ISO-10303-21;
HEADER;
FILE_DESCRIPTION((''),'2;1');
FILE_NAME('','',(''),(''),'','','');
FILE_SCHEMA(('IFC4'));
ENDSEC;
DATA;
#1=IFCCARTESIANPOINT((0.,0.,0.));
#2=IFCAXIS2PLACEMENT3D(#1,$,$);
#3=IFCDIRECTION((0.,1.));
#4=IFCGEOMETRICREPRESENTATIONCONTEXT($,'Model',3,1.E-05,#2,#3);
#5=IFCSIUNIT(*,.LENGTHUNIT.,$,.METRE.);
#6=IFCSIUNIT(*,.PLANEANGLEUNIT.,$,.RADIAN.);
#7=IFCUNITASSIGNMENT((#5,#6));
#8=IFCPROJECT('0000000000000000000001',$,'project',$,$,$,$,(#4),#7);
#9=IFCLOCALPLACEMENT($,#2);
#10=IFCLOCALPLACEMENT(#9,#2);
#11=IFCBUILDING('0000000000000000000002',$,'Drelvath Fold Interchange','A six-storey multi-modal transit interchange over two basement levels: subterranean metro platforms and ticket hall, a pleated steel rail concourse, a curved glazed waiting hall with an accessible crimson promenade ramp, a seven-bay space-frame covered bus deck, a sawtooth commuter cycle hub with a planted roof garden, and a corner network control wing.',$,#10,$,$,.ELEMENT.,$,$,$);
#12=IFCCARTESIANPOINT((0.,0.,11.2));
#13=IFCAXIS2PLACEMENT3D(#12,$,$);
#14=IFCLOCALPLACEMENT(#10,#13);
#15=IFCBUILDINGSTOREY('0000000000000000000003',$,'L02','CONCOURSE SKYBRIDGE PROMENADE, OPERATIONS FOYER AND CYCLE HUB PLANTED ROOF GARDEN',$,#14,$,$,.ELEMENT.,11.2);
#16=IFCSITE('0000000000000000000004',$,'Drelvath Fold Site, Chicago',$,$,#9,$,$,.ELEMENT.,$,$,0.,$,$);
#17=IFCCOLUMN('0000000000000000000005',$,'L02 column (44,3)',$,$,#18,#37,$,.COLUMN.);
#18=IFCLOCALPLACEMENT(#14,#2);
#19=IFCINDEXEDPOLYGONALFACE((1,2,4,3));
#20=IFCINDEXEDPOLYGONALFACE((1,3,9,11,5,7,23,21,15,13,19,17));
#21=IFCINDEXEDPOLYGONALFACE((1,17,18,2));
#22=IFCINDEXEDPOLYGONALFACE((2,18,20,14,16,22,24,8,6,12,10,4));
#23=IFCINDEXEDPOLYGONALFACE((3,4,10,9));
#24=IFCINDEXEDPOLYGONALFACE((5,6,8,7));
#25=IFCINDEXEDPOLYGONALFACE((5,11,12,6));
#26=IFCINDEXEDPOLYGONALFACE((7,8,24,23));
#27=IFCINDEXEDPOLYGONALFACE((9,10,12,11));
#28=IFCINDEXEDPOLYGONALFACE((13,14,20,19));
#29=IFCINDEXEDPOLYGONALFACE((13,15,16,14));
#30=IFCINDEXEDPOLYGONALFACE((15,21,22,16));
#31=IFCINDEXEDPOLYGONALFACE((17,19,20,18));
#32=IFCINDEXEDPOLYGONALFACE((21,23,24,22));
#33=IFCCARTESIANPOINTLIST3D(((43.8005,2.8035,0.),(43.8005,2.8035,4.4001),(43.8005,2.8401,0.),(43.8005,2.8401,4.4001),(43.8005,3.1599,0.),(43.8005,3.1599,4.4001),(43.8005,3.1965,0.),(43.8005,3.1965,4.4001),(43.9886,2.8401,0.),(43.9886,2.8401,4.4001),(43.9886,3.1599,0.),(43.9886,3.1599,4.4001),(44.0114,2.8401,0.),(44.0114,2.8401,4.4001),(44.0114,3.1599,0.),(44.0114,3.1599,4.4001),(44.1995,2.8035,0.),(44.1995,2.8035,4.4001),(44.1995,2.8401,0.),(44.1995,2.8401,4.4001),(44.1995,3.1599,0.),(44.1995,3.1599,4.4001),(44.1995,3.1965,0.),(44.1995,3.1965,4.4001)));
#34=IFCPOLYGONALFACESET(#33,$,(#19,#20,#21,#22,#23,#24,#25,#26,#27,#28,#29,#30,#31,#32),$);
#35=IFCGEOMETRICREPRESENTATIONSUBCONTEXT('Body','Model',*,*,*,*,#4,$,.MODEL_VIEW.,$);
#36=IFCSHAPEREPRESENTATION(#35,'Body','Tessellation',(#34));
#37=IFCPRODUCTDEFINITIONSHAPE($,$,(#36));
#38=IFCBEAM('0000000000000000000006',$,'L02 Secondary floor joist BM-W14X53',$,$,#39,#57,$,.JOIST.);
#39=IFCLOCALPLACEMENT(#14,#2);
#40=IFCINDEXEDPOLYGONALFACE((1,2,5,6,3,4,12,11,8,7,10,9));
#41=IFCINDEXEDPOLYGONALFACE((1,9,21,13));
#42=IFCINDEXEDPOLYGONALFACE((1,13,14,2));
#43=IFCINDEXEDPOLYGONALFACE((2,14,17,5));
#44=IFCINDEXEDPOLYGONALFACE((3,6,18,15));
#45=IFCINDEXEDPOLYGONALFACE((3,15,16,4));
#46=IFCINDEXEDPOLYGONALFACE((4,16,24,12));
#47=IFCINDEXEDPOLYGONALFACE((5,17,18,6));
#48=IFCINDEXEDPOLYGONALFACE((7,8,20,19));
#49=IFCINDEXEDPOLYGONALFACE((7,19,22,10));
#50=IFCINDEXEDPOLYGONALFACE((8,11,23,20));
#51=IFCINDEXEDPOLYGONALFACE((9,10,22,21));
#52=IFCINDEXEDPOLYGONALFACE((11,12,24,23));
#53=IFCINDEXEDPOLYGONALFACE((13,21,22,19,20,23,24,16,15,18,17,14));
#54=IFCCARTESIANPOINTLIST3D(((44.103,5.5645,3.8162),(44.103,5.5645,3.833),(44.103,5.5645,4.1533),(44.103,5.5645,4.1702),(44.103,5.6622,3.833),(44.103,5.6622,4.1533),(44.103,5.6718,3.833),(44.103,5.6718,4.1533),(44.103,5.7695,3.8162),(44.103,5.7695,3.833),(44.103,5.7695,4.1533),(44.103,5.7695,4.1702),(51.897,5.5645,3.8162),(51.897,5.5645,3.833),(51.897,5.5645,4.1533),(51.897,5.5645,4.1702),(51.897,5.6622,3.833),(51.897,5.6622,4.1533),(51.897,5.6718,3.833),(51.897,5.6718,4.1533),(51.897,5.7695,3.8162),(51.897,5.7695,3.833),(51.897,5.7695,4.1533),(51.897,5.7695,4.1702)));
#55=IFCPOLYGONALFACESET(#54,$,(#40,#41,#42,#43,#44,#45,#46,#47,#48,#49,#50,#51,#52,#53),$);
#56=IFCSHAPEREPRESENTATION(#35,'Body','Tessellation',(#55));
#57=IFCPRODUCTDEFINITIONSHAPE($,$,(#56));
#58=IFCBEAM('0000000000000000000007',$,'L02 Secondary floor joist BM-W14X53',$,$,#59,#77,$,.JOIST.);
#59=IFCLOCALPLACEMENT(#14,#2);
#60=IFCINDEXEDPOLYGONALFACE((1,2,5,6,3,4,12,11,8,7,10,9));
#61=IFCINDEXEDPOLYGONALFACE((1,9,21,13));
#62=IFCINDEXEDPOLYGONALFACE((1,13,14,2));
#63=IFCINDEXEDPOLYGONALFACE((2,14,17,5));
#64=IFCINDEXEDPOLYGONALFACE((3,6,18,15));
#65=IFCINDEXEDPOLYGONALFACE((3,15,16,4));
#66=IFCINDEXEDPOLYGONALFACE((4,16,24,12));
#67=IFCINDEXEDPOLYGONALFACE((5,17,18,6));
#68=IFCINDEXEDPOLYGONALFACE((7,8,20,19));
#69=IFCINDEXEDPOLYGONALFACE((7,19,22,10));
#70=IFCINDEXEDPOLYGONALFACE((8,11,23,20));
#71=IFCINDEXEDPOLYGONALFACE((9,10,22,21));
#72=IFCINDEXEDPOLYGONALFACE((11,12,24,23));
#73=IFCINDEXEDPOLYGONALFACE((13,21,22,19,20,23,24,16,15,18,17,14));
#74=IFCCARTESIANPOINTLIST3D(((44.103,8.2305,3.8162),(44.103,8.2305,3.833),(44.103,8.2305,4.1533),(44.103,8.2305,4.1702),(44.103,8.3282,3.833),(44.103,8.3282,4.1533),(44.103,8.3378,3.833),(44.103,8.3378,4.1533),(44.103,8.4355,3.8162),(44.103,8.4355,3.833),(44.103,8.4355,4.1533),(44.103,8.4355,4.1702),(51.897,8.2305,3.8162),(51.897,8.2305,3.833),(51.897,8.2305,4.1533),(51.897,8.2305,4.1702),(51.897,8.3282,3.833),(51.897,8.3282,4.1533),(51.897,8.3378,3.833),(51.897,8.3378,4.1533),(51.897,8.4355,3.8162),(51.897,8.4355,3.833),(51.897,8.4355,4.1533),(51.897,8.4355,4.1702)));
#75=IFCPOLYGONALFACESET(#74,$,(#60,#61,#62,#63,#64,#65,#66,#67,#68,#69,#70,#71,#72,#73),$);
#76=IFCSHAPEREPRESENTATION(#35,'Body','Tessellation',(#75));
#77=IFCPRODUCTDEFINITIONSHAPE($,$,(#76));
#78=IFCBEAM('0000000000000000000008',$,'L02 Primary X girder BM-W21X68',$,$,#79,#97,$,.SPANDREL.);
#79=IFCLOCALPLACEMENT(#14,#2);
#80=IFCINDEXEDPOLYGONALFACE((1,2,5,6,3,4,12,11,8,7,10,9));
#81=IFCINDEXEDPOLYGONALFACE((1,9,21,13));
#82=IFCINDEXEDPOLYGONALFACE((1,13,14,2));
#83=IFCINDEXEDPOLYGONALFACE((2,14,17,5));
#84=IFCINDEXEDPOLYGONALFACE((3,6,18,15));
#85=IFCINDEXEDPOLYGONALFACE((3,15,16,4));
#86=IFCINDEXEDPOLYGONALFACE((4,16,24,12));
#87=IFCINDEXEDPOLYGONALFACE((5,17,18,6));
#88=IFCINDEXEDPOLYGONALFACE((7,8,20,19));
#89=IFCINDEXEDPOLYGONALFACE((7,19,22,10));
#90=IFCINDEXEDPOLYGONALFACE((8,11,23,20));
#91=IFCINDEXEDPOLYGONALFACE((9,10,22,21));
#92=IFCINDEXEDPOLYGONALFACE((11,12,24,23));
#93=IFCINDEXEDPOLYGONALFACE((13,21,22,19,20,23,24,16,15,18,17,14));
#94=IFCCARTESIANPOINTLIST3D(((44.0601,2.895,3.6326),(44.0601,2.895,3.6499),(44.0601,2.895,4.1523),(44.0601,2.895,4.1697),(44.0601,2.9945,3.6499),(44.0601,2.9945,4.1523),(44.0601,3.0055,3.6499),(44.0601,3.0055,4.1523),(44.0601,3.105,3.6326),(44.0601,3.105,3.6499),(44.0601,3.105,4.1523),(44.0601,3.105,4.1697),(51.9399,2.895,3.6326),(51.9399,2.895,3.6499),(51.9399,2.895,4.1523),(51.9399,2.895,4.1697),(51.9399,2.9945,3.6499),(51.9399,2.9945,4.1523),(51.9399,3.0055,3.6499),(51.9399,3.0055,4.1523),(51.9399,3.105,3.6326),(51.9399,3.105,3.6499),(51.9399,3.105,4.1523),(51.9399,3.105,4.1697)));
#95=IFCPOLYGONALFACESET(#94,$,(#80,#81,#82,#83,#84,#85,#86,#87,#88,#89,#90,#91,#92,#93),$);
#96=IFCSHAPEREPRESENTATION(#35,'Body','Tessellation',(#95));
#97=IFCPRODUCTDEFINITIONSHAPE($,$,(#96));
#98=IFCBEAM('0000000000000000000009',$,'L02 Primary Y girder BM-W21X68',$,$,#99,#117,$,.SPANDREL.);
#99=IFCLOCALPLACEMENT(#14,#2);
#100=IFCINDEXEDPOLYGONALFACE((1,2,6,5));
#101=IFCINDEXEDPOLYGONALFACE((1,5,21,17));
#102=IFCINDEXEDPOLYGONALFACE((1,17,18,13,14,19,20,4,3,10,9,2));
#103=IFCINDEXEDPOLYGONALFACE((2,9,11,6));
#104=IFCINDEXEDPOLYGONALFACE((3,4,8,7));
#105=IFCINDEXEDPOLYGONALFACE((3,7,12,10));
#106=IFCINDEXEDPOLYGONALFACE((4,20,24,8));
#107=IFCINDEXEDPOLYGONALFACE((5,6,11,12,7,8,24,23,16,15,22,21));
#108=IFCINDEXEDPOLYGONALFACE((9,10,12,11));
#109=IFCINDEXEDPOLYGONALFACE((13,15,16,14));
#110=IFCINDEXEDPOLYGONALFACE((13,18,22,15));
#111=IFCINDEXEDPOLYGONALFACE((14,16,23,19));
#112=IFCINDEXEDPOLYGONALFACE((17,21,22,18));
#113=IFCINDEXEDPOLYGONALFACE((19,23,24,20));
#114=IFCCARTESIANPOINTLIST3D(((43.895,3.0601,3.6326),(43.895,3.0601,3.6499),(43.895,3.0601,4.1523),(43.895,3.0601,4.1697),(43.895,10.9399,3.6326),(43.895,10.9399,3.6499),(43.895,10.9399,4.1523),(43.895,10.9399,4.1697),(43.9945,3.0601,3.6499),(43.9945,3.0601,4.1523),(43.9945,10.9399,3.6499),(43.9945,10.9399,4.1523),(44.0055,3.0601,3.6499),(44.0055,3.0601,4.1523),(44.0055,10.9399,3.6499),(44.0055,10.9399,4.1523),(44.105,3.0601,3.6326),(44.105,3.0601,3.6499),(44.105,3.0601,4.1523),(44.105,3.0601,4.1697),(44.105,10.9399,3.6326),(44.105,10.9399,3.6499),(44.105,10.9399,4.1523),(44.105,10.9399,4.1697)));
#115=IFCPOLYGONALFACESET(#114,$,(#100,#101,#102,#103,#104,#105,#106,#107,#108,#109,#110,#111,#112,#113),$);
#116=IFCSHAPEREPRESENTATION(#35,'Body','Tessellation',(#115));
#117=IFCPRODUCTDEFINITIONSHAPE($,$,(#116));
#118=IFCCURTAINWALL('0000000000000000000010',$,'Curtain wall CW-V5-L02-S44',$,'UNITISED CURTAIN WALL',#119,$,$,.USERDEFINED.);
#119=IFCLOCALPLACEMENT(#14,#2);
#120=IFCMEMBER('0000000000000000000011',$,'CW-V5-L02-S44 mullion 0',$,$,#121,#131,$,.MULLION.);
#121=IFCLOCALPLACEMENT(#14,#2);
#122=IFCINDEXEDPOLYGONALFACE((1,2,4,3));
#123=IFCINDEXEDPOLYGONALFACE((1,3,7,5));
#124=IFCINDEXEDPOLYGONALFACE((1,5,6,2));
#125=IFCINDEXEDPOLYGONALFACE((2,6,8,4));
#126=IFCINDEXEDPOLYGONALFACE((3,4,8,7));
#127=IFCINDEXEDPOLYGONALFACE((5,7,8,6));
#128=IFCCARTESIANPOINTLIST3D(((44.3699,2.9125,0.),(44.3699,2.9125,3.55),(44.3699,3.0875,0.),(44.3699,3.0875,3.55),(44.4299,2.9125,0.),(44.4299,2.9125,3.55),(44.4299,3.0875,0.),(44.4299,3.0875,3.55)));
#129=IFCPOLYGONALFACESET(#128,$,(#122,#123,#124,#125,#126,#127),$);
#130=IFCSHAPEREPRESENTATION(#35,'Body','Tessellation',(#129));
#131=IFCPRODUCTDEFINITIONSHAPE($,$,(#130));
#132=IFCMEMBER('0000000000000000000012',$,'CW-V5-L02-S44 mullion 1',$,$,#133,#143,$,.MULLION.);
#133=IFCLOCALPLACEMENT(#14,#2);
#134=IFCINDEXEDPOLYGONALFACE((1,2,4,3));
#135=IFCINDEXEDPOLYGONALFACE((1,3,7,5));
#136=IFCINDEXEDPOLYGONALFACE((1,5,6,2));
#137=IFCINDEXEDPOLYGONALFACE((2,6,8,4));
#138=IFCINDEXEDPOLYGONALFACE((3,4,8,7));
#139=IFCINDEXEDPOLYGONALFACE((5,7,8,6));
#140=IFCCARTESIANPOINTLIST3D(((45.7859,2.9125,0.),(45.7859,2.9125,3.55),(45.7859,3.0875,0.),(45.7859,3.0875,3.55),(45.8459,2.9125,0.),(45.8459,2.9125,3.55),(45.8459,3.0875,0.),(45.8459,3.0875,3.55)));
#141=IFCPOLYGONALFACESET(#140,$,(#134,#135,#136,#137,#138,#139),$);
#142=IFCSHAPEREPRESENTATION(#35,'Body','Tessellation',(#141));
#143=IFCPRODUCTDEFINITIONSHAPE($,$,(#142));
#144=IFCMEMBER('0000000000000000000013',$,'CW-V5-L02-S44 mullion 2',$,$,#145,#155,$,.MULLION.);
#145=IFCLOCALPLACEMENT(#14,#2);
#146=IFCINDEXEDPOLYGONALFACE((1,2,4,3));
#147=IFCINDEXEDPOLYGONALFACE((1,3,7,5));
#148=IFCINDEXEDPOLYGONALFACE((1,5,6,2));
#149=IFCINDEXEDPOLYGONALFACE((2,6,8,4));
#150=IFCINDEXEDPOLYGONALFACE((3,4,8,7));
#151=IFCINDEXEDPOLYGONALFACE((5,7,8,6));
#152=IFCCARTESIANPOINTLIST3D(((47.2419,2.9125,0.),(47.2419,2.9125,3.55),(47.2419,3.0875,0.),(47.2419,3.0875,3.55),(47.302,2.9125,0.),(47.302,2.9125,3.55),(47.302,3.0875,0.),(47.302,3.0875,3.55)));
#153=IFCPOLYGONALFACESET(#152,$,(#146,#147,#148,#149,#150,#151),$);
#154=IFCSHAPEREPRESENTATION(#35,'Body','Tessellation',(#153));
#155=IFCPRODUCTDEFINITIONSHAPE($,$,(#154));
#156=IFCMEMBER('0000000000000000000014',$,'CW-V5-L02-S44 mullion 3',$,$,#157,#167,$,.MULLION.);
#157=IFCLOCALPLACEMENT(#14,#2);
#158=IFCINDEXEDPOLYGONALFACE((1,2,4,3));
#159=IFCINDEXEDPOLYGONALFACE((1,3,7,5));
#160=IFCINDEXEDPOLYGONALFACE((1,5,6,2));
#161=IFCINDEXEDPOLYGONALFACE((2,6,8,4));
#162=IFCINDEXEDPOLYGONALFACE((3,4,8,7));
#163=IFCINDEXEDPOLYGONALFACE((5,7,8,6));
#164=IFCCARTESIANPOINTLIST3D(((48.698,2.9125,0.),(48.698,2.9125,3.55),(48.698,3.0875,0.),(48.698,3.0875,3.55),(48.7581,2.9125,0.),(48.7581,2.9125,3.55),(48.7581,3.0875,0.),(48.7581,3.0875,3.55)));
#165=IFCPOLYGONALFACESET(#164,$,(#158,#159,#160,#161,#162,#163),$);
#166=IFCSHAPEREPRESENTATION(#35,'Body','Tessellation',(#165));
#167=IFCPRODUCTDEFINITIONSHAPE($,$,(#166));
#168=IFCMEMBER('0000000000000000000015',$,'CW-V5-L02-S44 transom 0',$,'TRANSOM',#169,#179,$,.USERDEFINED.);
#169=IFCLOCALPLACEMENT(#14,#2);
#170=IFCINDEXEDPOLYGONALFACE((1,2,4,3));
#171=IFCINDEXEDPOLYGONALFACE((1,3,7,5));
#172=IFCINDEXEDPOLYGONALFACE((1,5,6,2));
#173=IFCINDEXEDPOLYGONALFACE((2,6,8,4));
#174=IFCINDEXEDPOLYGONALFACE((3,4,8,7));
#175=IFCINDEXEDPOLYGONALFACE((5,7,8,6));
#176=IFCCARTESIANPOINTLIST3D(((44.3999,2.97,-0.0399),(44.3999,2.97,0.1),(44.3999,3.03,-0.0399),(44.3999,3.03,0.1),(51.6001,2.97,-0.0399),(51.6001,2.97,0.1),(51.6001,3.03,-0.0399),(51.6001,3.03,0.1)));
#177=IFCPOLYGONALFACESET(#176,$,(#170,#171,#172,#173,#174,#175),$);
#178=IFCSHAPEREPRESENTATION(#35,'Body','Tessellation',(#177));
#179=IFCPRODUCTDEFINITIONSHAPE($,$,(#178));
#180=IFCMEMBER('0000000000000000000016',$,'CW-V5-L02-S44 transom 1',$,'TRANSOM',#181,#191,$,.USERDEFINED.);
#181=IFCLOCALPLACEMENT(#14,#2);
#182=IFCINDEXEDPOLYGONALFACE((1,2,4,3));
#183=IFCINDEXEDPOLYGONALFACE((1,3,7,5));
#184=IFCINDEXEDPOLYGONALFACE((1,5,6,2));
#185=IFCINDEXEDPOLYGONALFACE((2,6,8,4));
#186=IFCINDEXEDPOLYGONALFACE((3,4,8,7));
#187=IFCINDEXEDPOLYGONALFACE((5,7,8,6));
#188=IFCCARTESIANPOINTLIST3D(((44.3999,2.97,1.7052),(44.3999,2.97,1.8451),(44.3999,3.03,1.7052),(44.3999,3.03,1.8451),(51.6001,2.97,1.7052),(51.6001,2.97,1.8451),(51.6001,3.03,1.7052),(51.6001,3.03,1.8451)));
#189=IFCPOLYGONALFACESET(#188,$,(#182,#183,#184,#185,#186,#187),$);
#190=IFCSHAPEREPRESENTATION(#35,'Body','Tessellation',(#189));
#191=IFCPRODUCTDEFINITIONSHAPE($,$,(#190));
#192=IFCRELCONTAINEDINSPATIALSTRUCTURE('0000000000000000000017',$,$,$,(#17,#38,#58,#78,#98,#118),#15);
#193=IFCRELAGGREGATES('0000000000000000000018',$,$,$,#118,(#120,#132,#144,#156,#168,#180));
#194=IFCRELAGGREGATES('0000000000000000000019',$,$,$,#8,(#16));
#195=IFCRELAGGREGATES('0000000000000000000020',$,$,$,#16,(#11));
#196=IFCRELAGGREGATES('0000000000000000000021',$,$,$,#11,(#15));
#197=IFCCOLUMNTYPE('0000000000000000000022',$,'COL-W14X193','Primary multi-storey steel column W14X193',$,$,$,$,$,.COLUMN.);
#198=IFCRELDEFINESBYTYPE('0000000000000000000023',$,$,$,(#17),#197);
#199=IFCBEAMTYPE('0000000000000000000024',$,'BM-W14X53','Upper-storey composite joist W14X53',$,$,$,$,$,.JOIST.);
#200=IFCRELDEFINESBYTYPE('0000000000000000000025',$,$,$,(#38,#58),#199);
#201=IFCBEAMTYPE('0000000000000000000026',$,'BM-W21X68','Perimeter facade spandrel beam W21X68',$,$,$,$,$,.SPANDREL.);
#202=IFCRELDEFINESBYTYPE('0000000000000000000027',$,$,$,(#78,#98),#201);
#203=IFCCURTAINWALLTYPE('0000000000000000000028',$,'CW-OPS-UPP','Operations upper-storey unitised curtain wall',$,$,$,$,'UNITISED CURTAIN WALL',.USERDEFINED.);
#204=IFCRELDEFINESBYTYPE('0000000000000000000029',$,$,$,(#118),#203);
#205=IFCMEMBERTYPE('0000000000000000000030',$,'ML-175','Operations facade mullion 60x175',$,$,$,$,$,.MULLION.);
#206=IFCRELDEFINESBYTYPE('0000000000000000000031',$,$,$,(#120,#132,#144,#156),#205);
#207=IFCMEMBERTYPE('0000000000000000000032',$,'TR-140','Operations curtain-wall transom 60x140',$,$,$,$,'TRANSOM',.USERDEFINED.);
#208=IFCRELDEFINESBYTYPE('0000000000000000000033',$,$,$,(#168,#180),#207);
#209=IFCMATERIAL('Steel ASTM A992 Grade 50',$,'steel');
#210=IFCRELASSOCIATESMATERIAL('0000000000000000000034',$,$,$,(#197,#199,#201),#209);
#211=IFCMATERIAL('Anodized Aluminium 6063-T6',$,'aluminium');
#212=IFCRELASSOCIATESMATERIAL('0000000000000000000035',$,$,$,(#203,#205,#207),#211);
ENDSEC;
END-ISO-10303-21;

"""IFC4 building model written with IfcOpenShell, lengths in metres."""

from ifc_helpers import new_model, si_unit, direction, frame, origin, origin_2d, place, context, subcontext, project, spatial, rectangle, i_section, extrude, material, material_profile, profile_set, type_object, element, aggregate, save


model = new_model("IFC4")

# Units and contexts
model_context = context("Model", 3, precision=1e-05, world=origin(), true_north=direction((0.0, 1.0)))
body_context = subcontext(model_context, "Body", "Model", "MODEL_VIEW")
ifc_project = project(units=[si_unit("LENGTHUNIT", "METRE"), si_unit("PLANEANGLEUNIT", "RADIAN")], contexts=[model_context])

# Site, building, storey
site_placement = place(None, origin())
site = spatial("IfcSite", under=ifc_project, at=site_placement, Name="Drelvath Fold Site, Chicago", CompositionType="ELEMENT", RefElevation=0.0)
building_placement = place(site_placement, origin())
building = spatial("IfcBuilding", under=site, at=building_placement, Name="Drelvath Fold Interchange", Description="A six-storey multi-modal transit interchange over two basement levels: subterranean metro platforms and ticket hall, a pleated steel rail concourse, a curved glazed waiting hall with an accessible crimson promenade ramp, a seven-bay space-frame covered bus deck, a sawtooth commuter cycle hub with a planted roof garden, and a corner network control wing.", CompositionType="ELEMENT")
storey_placement = place(building_placement, frame((0.0, 0.0, 11.2)))
storey = spatial("IfcBuildingStorey", under=building, at=storey_placement, Name="L02", Description="CONCOURSE SKYBRIDGE PROMENADE, OPERATIONS FOYER AND CYCLE HUB PLANTED ROOF GARDEN", CompositionType="ELEMENT", Elevation=11.2)

# Column
ifc_material_1 = material(Name="Steel ASTM A992 Grade 50", Category="steel")
ifc_material_profile_1 = material_profile(ifc_material_1, i_section(OverallWidth=0.3989, OverallDepth=0.3931, WebThickness=0.0227, FlangeThickness=0.0366, at=origin_2d()), Name="W14X193")
ifc_profile_set_1 = profile_set([ifc_material_profile_1], Name="Steel ASTM A992 Grade 50")
column_type = type_object("IfcColumnType", Name="COL-W14X193", Description="Primary multi-storey steel column W14X193", PredefinedType="COLUMN", material=ifc_profile_set_1)
column_placement = place(storey_placement, frame((44.0, 3.0, 0.0), z_axis=(0.0, 0.0, 1.0), x_axis=(1.0, 0.0, 0.0)))
element("IfcColumn", 1, at=column_placement, inside=storey, type_object=column_type, Name="L02 column (44,3)", PredefinedType="COLUMN", context=body_context, shape_type="SweptSolid", body=[
    extrude(i_section(OverallWidth=0.3989, OverallDepth=0.3931, WebThickness=0.0227, FlangeThickness=0.0366, at=origin_2d()), origin(), (0.0, 0.0, 1.0), 4.4001),
])

# Beams
ifc_material_profile_2 = material_profile(ifc_material_1, i_section(OverallWidth=0.2051, OverallDepth=0.354, WebThickness=0.0095, FlangeThickness=0.0168, at=origin_2d()), Name="W14X53")
ifc_profile_set_2 = profile_set([ifc_material_profile_2], Name="Steel ASTM A992 Grade 50")
beam_type_1 = type_object("IfcBeamType", Name="BM-W14X53", Description="Upper-storey composite joist W14X53", PredefinedType="JOIST", material=ifc_profile_set_2)
for number, where, z_axis, x_axis, name in (
    (2, (44.103, 5.667, 3.9932), (1.0, 0.0, 0.0), (0.0, 1.0, 0.0), "L02 Secondary floor joist BM-W14X53"),
    (3, (44.103, 8.333, 3.9932), (1.0, 0.0, 0.0), (0.0, 1.0, 0.0), "L02 Secondary floor joist BM-W14X53"),
):
    element("IfcBeam", number, at=place(storey_placement, frame(where, z_axis=z_axis, x_axis=x_axis)), inside=storey, type_object=beam_type_1, Name=name, PredefinedType="JOIST", context=body_context, shape_type="SweptSolid", body=[
        extrude(i_section(OverallWidth=0.2051, OverallDepth=0.354, WebThickness=0.0095, FlangeThickness=0.0168, at=origin_2d()), origin(), (0.0, 0.0, 1.0), 7.7939),
    ])
ifc_material_profile_3 = material_profile(ifc_material_1, i_section(OverallWidth=0.21, OverallDepth=0.5371, WebThickness=0.011, FlangeThickness=0.0173, at=origin_2d()), Name="W21X68")
ifc_profile_set_3 = profile_set([ifc_material_profile_3], Name="Steel ASTM A992 Grade 50")
beam_type_2 = type_object("IfcBeamType", Name="BM-W21X68", Description="Perimeter facade spandrel beam W21X68", PredefinedType="SPANDREL", material=ifc_profile_set_3)
for number, where, z_axis, x_axis, name in (
    (4, (44.0601, 3.0, 3.9011), (1.0, 0.0, 0.0), (0.0, 1.0, 0.0), "L02 Primary X girder BM-W21X68"),
    (5, (44.0, 3.0601, 3.9011), (0.0, 1.0, 0.0), (-1.0, 0.0, 0.0), "L02 Primary Y girder BM-W21X68"),
):
    element("IfcBeam", number, at=place(storey_placement, frame(where, z_axis=z_axis, x_axis=x_axis)), inside=storey, type_object=beam_type_2, Name=name, PredefinedType="SPANDREL", context=body_context, shape_type="SweptSolid", body=[
        extrude(i_section(OverallWidth=0.21, OverallDepth=0.5371, WebThickness=0.011, FlangeThickness=0.0173, at=origin_2d()), origin(), (0.0, 0.0, 1.0), 7.8799),
    ])

# Curtain wall, members
ifc_material_2 = material(Name="Anodized Aluminium 6063-T6", Category="aluminium")
curtain_wall_type = type_object("IfcCurtainWallType", Name="CW-OPS-UPP", Description="Operations upper-storey unitised curtain wall", ElementType="UNITISED CURTAIN WALL", PredefinedType="USERDEFINED", material=ifc_material_2)
curtain_wall_placement = place(storey_placement, origin())
curtain_wall = element("IfcCurtainWall", 6, at=curtain_wall_placement, inside=storey, type_object=curtain_wall_type, Name="Curtain wall CW-V5-L02-S44", ObjectType="UNITISED CURTAIN WALL", PredefinedType="USERDEFINED")
ifc_material_profile_4 = material_profile(ifc_material_2, rectangle(XDim=0.0601, YDim=0.175, at=origin_2d()), Name="AL-M 60x175")
ifc_profile_set_4 = profile_set([ifc_material_profile_4], Name="Anodized Aluminium 6063-T6")
member_type_1 = type_object("IfcMemberType", Name="ML-175", Description="Operations facade mullion 60x175", PredefinedType="MULLION", material=ifc_profile_set_4)
member_1_placement = place(storey_placement, frame((44.3999, 3.0, 0.0), z_axis=(0.0, 0.0, 1.0), x_axis=(1.0, 0.0, 0.0)))
member_1 = element("IfcMember", 7, at=member_1_placement, type_object=member_type_1, Name="CW-V5-L02-S44 mullion 0", PredefinedType="MULLION", context=body_context, shape_type="SweptSolid", body=[
    extrude(rectangle(XDim=0.0601, YDim=0.175, at=origin_2d()), origin(), (0.0, 0.0, 1.0), 3.55),
])
member_2_placement = place(storey_placement, frame((45.8159, 3.0, 0.0), z_axis=(0.0, 0.0, 1.0), x_axis=(1.0, 0.0, 0.0)))
member_2 = element("IfcMember", 8, at=member_2_placement, type_object=member_type_1, Name="CW-V5-L02-S44 mullion 1", PredefinedType="MULLION", context=body_context, shape_type="SweptSolid", body=[
    extrude(rectangle(XDim=0.0601, YDim=0.175, at=origin_2d()), origin(), (0.0, 0.0, 1.0), 3.55),
])
member_3_placement = place(storey_placement, frame((47.272, 3.0, 0.0), z_axis=(0.0, 0.0, 1.0), x_axis=(1.0, 0.0, 0.0)))
member_3 = element("IfcMember", 9, at=member_3_placement, type_object=member_type_1, Name="CW-V5-L02-S44 mullion 2", PredefinedType="MULLION", context=body_context, shape_type="SweptSolid", body=[
    extrude(rectangle(XDim=0.0601, YDim=0.175, at=origin_2d()), origin(), (0.0, 0.0, 1.0), 3.55),
])
member_4_placement = place(storey_placement, frame((48.728, 3.0, 0.0), z_axis=(0.0, 0.0, 1.0), x_axis=(1.0, 0.0, 0.0)))
member_4 = element("IfcMember", 10, at=member_4_placement, type_object=member_type_1, Name="CW-V5-L02-S44 mullion 3", PredefinedType="MULLION", context=body_context, shape_type="SweptSolid", body=[
    extrude(rectangle(XDim=0.0601, YDim=0.175, at=origin_2d()), origin(), (0.0, 0.0, 1.0), 3.55),
])
ifc_material_profile_5 = material_profile(ifc_material_2, rectangle(XDim=0.0601, YDim=0.1399, at=origin_2d()), Name="AL-T 60x140")
ifc_profile_set_5 = profile_set([ifc_material_profile_5], Name="Anodized Aluminium 6063-T6")
member_type_2 = type_object("IfcMemberType", Name="TR-140", Description="Operations curtain-wall transom 60x140", ElementType="TRANSOM", PredefinedType="USERDEFINED", material=ifc_profile_set_5)
member_5_placement = place(storey_placement, frame((44.3999, 3.0, 0.03), z_axis=(1.0, 0.0, 0.0), x_axis=(0.0, 1.0, 0.0)))
member_5 = element("IfcMember", 11, at=member_5_placement, type_object=member_type_2, Name="CW-V5-L02-S44 transom 0", ObjectType="TRANSOM", PredefinedType="USERDEFINED", context=body_context, shape_type="SweptSolid", body=[
    extrude(rectangle(XDim=0.0601, YDim=0.1399, at=origin_2d()), origin(), (0.0, 0.0, 1.0), 7.2002),
])
member_6_placement = place(storey_placement, frame((44.3999, 3.0, 1.7751), z_axis=(1.0, 0.0, 0.0), x_axis=(0.0, 1.0, 0.0)))
member_6 = element("IfcMember", 12, at=member_6_placement, type_object=member_type_2, Name="CW-V5-L02-S44 transom 1", ObjectType="TRANSOM", PredefinedType="USERDEFINED", context=body_context, shape_type="SweptSolid", body=[
    extrude(rectangle(XDim=0.0601, YDim=0.1399, at=origin_2d()), origin(), (0.0, 0.0, 1.0), 7.2002),
])
aggregate(curtain_wall, [member_1, member_2, member_3, member_4, member_5, member_6])

save(model, "model.ifc")
